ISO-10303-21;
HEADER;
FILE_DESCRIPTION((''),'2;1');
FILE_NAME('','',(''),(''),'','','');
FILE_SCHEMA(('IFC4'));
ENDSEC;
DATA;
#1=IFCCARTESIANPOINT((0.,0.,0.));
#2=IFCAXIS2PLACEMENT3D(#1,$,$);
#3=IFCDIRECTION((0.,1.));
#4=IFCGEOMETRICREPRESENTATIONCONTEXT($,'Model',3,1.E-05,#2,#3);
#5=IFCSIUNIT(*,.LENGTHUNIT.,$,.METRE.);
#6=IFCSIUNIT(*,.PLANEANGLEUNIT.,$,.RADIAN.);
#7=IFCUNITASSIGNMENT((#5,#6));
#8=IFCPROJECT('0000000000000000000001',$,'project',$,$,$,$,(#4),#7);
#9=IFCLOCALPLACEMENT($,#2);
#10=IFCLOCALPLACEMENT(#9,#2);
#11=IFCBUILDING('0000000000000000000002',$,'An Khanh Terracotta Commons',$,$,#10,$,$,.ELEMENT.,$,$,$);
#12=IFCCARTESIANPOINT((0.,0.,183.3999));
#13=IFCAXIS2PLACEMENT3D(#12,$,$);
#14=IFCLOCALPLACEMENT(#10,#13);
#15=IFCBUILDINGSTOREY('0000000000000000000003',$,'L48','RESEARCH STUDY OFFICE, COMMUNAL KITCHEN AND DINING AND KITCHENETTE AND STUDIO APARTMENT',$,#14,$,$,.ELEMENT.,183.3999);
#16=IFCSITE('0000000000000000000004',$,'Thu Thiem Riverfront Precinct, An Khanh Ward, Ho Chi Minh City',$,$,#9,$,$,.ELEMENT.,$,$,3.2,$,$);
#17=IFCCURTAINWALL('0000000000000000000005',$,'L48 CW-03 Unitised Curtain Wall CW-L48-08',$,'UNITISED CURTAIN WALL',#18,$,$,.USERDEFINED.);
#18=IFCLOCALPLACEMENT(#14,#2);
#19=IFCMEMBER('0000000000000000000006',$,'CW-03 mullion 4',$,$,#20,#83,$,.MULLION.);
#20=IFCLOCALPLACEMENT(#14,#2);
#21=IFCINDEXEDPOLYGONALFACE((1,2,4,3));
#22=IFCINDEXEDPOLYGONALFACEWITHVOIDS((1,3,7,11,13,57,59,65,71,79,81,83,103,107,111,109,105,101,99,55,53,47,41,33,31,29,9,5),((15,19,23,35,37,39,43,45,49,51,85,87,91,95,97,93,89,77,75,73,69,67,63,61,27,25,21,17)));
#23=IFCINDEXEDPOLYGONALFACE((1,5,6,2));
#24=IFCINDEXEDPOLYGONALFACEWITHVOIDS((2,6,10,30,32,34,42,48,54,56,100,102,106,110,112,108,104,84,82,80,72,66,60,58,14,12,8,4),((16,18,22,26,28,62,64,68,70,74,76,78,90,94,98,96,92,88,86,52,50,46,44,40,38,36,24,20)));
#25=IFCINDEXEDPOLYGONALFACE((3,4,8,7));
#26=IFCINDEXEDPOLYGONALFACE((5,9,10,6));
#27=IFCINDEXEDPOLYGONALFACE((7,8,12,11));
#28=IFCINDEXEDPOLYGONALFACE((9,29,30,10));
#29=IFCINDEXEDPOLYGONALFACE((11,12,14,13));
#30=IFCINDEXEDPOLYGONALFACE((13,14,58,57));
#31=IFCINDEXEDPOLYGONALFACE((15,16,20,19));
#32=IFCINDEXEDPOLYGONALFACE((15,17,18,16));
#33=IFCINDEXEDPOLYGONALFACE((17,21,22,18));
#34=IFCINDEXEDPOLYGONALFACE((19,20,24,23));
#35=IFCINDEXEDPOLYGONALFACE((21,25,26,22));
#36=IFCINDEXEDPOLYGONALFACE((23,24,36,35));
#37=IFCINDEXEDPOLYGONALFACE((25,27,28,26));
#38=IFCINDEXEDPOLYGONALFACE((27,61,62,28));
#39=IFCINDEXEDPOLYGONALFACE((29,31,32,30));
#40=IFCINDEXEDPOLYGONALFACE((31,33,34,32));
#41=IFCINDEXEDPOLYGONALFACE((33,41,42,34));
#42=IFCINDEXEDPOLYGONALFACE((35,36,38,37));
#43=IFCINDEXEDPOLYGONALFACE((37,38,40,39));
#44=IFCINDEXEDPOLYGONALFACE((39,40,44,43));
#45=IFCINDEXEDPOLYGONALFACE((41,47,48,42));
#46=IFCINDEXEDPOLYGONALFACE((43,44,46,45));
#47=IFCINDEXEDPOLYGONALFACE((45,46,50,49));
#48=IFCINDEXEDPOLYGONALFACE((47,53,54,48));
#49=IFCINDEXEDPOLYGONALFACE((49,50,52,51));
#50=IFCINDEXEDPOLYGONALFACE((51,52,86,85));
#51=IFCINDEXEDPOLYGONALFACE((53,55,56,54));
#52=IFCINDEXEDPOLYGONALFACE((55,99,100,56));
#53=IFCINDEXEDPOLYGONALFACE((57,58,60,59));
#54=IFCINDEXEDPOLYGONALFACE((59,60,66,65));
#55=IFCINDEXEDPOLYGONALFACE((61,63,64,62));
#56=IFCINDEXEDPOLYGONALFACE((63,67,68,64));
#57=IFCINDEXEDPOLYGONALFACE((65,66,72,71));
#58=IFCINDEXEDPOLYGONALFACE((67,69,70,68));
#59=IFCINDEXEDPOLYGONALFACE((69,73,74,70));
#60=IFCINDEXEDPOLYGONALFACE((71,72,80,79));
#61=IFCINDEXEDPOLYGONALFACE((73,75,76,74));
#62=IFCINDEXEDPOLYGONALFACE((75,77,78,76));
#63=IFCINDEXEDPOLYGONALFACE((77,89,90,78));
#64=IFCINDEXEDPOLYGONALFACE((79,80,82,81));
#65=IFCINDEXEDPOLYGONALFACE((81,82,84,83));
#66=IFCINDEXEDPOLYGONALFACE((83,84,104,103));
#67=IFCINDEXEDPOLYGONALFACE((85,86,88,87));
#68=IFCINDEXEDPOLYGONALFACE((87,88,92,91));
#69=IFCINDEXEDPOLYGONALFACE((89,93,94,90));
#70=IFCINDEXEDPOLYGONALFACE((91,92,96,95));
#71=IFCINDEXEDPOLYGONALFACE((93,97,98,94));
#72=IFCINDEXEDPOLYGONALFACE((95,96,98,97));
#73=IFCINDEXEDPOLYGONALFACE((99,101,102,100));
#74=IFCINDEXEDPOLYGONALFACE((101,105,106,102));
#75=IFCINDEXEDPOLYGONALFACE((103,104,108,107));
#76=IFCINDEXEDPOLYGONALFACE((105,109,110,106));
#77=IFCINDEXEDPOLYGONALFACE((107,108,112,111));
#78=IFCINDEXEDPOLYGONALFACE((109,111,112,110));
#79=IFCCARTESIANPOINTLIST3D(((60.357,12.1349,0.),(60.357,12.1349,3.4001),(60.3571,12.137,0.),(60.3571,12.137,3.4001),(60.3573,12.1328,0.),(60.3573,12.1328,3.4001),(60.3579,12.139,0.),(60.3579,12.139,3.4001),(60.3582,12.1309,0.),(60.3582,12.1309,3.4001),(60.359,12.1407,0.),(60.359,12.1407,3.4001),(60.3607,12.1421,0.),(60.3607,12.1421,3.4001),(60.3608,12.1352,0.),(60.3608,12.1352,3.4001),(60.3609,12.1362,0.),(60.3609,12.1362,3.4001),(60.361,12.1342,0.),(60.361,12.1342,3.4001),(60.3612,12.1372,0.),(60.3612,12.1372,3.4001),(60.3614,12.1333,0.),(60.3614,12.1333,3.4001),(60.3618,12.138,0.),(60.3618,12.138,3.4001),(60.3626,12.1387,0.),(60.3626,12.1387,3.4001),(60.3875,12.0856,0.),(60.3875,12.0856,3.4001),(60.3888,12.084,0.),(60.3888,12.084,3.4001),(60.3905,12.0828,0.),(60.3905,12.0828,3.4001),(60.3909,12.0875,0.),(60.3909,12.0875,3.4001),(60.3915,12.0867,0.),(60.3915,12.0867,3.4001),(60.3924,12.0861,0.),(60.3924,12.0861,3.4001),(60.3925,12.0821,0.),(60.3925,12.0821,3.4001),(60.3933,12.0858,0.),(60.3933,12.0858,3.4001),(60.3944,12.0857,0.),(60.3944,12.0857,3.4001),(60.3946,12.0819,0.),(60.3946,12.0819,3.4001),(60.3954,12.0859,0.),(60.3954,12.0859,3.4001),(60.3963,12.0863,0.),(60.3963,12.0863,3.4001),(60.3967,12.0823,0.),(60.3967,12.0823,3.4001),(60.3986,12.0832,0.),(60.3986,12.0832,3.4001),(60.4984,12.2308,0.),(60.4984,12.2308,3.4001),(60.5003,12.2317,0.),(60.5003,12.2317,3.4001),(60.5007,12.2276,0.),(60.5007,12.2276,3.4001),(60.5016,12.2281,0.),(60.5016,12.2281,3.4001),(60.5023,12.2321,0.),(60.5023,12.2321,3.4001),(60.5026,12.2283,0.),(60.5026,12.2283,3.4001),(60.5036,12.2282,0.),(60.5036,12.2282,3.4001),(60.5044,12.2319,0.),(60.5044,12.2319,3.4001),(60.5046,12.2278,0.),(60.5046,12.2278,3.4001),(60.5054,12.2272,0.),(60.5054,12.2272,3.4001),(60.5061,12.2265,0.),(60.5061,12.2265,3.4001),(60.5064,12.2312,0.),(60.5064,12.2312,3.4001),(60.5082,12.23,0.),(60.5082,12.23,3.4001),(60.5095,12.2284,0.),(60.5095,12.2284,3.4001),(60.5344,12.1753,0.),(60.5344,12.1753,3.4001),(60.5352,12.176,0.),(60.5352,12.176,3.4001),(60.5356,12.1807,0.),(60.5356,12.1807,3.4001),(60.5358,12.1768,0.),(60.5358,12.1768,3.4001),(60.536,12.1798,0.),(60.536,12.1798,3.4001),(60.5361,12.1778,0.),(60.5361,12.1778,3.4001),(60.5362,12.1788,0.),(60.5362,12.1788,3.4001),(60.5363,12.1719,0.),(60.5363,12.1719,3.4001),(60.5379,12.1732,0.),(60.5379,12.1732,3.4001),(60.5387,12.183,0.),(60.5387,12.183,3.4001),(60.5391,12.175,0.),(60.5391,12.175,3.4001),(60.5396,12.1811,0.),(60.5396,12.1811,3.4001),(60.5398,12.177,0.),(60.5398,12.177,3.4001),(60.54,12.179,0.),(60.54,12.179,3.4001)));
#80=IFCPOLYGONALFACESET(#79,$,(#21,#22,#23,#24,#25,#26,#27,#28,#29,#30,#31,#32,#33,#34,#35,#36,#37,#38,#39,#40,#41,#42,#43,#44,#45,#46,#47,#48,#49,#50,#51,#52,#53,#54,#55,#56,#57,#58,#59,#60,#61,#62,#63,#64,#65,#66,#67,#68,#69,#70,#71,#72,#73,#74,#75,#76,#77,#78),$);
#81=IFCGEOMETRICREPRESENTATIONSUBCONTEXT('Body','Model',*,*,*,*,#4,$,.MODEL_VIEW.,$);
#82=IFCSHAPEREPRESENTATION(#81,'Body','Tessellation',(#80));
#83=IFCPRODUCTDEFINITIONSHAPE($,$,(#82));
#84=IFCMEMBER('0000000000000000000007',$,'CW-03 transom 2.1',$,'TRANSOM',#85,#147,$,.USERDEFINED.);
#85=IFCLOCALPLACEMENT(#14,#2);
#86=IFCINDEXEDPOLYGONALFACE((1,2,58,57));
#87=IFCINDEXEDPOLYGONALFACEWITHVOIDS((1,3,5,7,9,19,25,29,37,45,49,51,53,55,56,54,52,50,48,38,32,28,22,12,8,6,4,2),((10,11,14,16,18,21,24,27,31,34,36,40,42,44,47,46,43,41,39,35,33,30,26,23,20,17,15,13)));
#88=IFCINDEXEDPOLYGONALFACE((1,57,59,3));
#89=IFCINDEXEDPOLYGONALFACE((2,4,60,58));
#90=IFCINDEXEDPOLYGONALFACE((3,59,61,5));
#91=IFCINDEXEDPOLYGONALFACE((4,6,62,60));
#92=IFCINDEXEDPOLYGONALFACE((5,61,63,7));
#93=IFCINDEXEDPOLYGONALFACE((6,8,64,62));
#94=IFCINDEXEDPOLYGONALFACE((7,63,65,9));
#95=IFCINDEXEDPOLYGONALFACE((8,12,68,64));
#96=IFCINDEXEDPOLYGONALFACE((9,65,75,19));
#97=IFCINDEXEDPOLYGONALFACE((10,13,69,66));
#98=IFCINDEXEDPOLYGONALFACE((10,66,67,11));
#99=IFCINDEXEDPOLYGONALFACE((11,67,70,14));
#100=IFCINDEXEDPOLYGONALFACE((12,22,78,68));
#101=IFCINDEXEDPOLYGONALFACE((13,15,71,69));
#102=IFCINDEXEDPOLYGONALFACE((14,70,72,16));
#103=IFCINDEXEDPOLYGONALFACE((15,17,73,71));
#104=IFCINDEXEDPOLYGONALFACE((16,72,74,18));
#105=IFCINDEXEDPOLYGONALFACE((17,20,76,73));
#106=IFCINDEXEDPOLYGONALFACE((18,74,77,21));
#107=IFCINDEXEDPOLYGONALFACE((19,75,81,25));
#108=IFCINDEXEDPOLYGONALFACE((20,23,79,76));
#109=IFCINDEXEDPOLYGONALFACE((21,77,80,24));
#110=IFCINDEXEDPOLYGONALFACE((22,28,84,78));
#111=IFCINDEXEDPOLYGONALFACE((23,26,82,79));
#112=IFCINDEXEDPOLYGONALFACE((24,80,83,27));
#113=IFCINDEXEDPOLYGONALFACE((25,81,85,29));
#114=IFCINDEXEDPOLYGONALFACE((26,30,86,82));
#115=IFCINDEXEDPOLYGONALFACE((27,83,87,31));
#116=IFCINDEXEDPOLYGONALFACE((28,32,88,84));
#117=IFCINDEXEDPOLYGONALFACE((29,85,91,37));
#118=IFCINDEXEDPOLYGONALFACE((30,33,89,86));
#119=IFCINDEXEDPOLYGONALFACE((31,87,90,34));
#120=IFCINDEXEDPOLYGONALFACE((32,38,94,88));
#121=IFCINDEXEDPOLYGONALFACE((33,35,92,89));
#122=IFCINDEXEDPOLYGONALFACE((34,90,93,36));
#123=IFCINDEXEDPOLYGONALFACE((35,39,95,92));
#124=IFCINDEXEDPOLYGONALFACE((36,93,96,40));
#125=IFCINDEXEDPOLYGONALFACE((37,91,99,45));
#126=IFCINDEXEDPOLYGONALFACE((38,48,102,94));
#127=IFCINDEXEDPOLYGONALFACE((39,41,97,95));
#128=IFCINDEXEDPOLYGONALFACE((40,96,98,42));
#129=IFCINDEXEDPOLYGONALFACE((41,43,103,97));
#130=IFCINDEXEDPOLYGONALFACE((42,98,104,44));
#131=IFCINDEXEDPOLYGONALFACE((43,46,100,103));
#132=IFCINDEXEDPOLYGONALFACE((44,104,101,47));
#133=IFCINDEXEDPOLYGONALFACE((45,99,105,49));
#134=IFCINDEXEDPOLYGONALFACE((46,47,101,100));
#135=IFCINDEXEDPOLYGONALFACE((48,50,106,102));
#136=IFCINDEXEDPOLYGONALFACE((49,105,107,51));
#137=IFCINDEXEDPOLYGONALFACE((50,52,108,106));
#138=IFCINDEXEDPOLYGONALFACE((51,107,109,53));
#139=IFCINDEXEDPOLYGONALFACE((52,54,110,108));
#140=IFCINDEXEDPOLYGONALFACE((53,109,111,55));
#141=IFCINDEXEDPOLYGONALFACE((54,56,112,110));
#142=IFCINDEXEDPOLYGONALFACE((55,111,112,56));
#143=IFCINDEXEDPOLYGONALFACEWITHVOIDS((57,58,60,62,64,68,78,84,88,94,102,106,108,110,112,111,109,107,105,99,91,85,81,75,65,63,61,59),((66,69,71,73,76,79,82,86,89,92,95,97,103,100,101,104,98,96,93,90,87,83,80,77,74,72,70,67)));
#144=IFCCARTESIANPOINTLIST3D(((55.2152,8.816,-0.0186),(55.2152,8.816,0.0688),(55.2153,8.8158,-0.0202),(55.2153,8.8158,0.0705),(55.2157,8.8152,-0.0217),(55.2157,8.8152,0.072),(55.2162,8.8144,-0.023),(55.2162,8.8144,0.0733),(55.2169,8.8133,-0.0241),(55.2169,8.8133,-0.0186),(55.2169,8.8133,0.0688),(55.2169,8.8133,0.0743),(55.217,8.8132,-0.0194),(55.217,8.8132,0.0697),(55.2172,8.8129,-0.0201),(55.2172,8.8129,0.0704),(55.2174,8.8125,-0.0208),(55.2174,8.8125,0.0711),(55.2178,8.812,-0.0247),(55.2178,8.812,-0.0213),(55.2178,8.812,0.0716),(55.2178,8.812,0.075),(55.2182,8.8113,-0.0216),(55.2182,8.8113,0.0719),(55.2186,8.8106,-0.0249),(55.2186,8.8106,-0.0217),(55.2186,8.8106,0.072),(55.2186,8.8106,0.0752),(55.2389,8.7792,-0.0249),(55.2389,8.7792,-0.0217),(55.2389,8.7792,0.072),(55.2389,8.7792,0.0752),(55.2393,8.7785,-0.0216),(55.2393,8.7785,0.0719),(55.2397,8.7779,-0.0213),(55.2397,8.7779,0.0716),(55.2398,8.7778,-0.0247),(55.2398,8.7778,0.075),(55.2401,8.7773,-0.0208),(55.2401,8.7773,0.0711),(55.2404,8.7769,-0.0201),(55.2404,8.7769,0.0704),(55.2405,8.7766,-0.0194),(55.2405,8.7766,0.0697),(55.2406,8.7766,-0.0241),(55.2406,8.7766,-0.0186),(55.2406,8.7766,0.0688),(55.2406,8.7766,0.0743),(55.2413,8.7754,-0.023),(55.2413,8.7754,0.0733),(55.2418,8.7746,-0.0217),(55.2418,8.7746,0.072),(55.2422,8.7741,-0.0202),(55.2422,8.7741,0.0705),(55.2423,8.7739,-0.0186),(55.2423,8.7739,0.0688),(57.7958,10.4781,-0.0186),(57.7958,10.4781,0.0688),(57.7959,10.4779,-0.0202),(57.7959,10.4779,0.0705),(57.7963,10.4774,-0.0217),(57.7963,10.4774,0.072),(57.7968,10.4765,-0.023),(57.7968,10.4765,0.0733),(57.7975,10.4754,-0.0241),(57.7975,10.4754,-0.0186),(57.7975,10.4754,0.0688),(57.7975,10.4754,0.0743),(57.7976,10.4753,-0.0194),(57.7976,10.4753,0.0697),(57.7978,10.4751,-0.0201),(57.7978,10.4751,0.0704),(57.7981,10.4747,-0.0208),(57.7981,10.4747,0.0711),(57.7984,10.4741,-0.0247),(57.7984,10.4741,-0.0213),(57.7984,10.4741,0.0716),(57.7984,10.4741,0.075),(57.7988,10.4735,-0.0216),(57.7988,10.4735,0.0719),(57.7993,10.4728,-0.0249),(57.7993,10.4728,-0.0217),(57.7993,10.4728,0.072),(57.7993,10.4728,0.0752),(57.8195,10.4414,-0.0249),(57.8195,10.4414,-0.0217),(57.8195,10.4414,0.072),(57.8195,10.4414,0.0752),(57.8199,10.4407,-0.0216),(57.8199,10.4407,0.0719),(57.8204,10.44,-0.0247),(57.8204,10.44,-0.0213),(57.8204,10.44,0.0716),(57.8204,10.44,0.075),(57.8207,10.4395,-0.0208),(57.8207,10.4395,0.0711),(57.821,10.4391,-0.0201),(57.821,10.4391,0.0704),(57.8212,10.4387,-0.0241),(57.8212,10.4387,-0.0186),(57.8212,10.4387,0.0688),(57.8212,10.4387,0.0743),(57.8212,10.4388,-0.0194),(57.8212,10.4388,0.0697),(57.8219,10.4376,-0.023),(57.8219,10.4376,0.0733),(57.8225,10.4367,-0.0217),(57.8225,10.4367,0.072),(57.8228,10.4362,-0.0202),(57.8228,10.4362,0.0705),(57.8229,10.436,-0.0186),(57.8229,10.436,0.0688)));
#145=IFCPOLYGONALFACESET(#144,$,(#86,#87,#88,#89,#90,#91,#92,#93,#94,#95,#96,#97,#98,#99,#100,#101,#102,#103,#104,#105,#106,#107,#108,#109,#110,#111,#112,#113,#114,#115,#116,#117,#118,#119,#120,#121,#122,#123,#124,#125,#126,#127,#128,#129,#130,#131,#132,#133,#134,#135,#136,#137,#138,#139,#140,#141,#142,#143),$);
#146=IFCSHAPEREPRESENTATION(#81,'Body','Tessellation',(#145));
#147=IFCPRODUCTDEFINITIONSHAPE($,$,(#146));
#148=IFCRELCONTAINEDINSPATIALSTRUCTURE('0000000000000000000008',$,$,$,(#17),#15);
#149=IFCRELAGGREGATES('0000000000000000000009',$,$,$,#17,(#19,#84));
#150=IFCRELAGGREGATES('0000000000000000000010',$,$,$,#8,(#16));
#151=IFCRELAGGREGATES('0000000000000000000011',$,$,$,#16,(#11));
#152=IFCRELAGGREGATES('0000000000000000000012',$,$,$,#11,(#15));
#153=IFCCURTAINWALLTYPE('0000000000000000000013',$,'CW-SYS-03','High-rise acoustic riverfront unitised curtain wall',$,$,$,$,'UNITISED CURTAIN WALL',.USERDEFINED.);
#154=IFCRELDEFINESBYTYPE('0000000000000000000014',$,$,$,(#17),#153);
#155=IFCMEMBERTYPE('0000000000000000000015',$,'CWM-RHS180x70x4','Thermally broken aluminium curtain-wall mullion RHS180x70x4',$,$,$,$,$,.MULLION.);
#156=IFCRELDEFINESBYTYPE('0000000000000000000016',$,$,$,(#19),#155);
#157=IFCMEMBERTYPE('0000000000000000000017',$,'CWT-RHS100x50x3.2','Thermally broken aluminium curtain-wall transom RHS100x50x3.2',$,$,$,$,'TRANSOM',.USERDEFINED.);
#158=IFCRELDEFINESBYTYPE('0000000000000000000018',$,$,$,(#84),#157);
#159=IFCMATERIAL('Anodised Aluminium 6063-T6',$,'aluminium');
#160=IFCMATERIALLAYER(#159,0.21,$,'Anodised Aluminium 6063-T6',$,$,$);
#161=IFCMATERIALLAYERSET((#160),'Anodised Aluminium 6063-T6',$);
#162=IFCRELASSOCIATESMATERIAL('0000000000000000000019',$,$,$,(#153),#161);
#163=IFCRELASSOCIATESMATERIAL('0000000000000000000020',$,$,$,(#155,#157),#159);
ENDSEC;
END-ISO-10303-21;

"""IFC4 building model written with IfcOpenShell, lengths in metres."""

from ifc_helpers import new_model, si_unit, direction, frame, origin, origin_2d, place, context, subcontext, project, spatial, hollow_rectangle, extrude, material, layer, layer_set, material_profile, profile_set, type_object, element, aggregate, save


model = new_model("IFC4")

# Units and contexts
model_context = context("Model", 3, precision=1e-05, world=origin(), true_north=direction((0.0, 1.0)))
body_context = subcontext(model_context, "Body", "Model", "MODEL_VIEW")
ifc_project = project(units=[si_unit("LENGTHUNIT", "METRE"), si_unit("PLANEANGLEUNIT", "RADIAN")], contexts=[model_context])

# Site, building, storey
site_placement = place(None, origin())
site = spatial("IfcSite", under=ifc_project, at=site_placement, Name="Thu Thiem Riverfront Precinct, An Khanh Ward, Ho Chi Minh City", CompositionType="ELEMENT", RefElevation=3.2)
building_placement = place(site_placement, origin())
building = spatial("IfcBuilding", under=site, at=building_placement, Name="An Khanh Terracotta Commons", CompositionType="ELEMENT")
storey_placement = place(building_placement, frame((0.0, 0.0, 183.3999)))
storey = spatial("IfcBuildingStorey", under=building, at=storey_placement, Name="L48", Description="RESEARCH STUDY OFFICE, COMMUNAL KITCHEN AND DINING AND KITCHENETTE AND STUDIO APARTMENT", CompositionType="ELEMENT", Elevation=183.3999)

# Shared definitions
ifc_material_1 = material(Name="Anodised Aluminium 6063-T6", Category="aluminium")

# Curtain wall, members
ifc_layer_1 = layer(ifc_material_1, 0.21, Name="Anodised Aluminium 6063-T6")
ifc_layer_set_1 = layer_set([ifc_layer_1], Name="Anodised Aluminium 6063-T6")
curtain_wall_type_1 = type_object("IfcCurtainWallType", Name="CW-SYS-03", Description="High-rise acoustic riverfront unitised curtain wall", ElementType="UNITISED CURTAIN WALL", PredefinedType="USERDEFINED", material=ifc_layer_set_1)
curtain_wall_1_placement = place(storey_placement, origin())
curtain_wall_1 = element("IfcCurtainWall", 1, at=curtain_wall_1_placement, inside=storey, type_object=curtain_wall_type_1, Name="L48 CW-03 Unitised Curtain Wall CW-L48-08", ObjectType="UNITISED CURTAIN WALL", PredefinedType="USERDEFINED")
ifc_material_profile_1 = material_profile(ifc_material_1, hollow_rectangle(XDim=0.0701, YDim=0.1799, WallThickness=0.0039, InnerFilletRadius=0.0039, OuterFilletRadius=0.0081, at=origin_2d()), Name="RHS180x70x4")
ifc_profile_set_1 = profile_set([ifc_material_profile_1], Name="Anodised Aluminium 6063-T6")
member_type_1 = type_object("IfcMemberType", Name="CWM-RHS180x70x4", Description="Thermally broken aluminium curtain-wall mullion RHS180x70x4", PredefinedType="MULLION", material=ifc_profile_set_1)
member_1_placement = place(storey_placement, frame((60.4485, 12.157, 0.0), z_axis=(0.0, 0.0, 1.0), x_axis=(-0.541498, 0.840702, 0.0)))
member_1 = element("IfcMember", 2, at=member_1_placement, type_object=member_type_1, Name="CW-03 mullion 4", PredefinedType="MULLION", context=body_context, shape_type="SweptSolid", body=[
    extrude(hollow_rectangle(XDim=0.0701, YDim=0.1799, WallThickness=0.0039, InnerFilletRadius=0.0039, OuterFilletRadius=0.0081, at=origin_2d()), origin(), (0.0, 0.0, 1.0), 3.4001),
])
ifc_material_profile_2 = material_profile(ifc_material_1, hollow_rectangle(XDim=0.05, YDim=0.1001, WallThickness=0.0032, InnerFilletRadius=0.0032, OuterFilletRadius=0.0063, at=origin_2d()), Name="RHS100x50x3.2")
ifc_profile_set_2 = profile_set([ifc_material_profile_2], Name="Anodised Aluminium 6063-T6")
member_type_2 = type_object("IfcMemberType", Name="CWT-RHS100x50x3.2", Description="Thermally broken aluminium curtain-wall transom RHS100x50x3.2", ElementType="TRANSOM", PredefinedType="USERDEFINED", material=ifc_profile_set_2)
member_2_placement = place(storey_placement, frame((55.2288, 8.7949, 0.0251), z_axis=(0.840708, 0.541489, 0.0), x_axis=(-0.541489, 0.840708, 0.0)))
member_2 = element("IfcMember", 3, at=member_2_placement, type_object=member_type_2, Name="CW-03 transom 2.1", ObjectType="TRANSOM", PredefinedType="USERDEFINED", context=body_context, shape_type="SweptSolid", body=[
    extrude(hollow_rectangle(XDim=0.05, YDim=0.1001, WallThickness=0.0032, InnerFilletRadius=0.0032, OuterFilletRadius=0.0063, at=origin_2d()), origin(), (0.0, 0.0, 1.0), 3.0696),
])

aggregate(curtain_wall_1, [member_1, member_2])

save(model, "model.ifc")
